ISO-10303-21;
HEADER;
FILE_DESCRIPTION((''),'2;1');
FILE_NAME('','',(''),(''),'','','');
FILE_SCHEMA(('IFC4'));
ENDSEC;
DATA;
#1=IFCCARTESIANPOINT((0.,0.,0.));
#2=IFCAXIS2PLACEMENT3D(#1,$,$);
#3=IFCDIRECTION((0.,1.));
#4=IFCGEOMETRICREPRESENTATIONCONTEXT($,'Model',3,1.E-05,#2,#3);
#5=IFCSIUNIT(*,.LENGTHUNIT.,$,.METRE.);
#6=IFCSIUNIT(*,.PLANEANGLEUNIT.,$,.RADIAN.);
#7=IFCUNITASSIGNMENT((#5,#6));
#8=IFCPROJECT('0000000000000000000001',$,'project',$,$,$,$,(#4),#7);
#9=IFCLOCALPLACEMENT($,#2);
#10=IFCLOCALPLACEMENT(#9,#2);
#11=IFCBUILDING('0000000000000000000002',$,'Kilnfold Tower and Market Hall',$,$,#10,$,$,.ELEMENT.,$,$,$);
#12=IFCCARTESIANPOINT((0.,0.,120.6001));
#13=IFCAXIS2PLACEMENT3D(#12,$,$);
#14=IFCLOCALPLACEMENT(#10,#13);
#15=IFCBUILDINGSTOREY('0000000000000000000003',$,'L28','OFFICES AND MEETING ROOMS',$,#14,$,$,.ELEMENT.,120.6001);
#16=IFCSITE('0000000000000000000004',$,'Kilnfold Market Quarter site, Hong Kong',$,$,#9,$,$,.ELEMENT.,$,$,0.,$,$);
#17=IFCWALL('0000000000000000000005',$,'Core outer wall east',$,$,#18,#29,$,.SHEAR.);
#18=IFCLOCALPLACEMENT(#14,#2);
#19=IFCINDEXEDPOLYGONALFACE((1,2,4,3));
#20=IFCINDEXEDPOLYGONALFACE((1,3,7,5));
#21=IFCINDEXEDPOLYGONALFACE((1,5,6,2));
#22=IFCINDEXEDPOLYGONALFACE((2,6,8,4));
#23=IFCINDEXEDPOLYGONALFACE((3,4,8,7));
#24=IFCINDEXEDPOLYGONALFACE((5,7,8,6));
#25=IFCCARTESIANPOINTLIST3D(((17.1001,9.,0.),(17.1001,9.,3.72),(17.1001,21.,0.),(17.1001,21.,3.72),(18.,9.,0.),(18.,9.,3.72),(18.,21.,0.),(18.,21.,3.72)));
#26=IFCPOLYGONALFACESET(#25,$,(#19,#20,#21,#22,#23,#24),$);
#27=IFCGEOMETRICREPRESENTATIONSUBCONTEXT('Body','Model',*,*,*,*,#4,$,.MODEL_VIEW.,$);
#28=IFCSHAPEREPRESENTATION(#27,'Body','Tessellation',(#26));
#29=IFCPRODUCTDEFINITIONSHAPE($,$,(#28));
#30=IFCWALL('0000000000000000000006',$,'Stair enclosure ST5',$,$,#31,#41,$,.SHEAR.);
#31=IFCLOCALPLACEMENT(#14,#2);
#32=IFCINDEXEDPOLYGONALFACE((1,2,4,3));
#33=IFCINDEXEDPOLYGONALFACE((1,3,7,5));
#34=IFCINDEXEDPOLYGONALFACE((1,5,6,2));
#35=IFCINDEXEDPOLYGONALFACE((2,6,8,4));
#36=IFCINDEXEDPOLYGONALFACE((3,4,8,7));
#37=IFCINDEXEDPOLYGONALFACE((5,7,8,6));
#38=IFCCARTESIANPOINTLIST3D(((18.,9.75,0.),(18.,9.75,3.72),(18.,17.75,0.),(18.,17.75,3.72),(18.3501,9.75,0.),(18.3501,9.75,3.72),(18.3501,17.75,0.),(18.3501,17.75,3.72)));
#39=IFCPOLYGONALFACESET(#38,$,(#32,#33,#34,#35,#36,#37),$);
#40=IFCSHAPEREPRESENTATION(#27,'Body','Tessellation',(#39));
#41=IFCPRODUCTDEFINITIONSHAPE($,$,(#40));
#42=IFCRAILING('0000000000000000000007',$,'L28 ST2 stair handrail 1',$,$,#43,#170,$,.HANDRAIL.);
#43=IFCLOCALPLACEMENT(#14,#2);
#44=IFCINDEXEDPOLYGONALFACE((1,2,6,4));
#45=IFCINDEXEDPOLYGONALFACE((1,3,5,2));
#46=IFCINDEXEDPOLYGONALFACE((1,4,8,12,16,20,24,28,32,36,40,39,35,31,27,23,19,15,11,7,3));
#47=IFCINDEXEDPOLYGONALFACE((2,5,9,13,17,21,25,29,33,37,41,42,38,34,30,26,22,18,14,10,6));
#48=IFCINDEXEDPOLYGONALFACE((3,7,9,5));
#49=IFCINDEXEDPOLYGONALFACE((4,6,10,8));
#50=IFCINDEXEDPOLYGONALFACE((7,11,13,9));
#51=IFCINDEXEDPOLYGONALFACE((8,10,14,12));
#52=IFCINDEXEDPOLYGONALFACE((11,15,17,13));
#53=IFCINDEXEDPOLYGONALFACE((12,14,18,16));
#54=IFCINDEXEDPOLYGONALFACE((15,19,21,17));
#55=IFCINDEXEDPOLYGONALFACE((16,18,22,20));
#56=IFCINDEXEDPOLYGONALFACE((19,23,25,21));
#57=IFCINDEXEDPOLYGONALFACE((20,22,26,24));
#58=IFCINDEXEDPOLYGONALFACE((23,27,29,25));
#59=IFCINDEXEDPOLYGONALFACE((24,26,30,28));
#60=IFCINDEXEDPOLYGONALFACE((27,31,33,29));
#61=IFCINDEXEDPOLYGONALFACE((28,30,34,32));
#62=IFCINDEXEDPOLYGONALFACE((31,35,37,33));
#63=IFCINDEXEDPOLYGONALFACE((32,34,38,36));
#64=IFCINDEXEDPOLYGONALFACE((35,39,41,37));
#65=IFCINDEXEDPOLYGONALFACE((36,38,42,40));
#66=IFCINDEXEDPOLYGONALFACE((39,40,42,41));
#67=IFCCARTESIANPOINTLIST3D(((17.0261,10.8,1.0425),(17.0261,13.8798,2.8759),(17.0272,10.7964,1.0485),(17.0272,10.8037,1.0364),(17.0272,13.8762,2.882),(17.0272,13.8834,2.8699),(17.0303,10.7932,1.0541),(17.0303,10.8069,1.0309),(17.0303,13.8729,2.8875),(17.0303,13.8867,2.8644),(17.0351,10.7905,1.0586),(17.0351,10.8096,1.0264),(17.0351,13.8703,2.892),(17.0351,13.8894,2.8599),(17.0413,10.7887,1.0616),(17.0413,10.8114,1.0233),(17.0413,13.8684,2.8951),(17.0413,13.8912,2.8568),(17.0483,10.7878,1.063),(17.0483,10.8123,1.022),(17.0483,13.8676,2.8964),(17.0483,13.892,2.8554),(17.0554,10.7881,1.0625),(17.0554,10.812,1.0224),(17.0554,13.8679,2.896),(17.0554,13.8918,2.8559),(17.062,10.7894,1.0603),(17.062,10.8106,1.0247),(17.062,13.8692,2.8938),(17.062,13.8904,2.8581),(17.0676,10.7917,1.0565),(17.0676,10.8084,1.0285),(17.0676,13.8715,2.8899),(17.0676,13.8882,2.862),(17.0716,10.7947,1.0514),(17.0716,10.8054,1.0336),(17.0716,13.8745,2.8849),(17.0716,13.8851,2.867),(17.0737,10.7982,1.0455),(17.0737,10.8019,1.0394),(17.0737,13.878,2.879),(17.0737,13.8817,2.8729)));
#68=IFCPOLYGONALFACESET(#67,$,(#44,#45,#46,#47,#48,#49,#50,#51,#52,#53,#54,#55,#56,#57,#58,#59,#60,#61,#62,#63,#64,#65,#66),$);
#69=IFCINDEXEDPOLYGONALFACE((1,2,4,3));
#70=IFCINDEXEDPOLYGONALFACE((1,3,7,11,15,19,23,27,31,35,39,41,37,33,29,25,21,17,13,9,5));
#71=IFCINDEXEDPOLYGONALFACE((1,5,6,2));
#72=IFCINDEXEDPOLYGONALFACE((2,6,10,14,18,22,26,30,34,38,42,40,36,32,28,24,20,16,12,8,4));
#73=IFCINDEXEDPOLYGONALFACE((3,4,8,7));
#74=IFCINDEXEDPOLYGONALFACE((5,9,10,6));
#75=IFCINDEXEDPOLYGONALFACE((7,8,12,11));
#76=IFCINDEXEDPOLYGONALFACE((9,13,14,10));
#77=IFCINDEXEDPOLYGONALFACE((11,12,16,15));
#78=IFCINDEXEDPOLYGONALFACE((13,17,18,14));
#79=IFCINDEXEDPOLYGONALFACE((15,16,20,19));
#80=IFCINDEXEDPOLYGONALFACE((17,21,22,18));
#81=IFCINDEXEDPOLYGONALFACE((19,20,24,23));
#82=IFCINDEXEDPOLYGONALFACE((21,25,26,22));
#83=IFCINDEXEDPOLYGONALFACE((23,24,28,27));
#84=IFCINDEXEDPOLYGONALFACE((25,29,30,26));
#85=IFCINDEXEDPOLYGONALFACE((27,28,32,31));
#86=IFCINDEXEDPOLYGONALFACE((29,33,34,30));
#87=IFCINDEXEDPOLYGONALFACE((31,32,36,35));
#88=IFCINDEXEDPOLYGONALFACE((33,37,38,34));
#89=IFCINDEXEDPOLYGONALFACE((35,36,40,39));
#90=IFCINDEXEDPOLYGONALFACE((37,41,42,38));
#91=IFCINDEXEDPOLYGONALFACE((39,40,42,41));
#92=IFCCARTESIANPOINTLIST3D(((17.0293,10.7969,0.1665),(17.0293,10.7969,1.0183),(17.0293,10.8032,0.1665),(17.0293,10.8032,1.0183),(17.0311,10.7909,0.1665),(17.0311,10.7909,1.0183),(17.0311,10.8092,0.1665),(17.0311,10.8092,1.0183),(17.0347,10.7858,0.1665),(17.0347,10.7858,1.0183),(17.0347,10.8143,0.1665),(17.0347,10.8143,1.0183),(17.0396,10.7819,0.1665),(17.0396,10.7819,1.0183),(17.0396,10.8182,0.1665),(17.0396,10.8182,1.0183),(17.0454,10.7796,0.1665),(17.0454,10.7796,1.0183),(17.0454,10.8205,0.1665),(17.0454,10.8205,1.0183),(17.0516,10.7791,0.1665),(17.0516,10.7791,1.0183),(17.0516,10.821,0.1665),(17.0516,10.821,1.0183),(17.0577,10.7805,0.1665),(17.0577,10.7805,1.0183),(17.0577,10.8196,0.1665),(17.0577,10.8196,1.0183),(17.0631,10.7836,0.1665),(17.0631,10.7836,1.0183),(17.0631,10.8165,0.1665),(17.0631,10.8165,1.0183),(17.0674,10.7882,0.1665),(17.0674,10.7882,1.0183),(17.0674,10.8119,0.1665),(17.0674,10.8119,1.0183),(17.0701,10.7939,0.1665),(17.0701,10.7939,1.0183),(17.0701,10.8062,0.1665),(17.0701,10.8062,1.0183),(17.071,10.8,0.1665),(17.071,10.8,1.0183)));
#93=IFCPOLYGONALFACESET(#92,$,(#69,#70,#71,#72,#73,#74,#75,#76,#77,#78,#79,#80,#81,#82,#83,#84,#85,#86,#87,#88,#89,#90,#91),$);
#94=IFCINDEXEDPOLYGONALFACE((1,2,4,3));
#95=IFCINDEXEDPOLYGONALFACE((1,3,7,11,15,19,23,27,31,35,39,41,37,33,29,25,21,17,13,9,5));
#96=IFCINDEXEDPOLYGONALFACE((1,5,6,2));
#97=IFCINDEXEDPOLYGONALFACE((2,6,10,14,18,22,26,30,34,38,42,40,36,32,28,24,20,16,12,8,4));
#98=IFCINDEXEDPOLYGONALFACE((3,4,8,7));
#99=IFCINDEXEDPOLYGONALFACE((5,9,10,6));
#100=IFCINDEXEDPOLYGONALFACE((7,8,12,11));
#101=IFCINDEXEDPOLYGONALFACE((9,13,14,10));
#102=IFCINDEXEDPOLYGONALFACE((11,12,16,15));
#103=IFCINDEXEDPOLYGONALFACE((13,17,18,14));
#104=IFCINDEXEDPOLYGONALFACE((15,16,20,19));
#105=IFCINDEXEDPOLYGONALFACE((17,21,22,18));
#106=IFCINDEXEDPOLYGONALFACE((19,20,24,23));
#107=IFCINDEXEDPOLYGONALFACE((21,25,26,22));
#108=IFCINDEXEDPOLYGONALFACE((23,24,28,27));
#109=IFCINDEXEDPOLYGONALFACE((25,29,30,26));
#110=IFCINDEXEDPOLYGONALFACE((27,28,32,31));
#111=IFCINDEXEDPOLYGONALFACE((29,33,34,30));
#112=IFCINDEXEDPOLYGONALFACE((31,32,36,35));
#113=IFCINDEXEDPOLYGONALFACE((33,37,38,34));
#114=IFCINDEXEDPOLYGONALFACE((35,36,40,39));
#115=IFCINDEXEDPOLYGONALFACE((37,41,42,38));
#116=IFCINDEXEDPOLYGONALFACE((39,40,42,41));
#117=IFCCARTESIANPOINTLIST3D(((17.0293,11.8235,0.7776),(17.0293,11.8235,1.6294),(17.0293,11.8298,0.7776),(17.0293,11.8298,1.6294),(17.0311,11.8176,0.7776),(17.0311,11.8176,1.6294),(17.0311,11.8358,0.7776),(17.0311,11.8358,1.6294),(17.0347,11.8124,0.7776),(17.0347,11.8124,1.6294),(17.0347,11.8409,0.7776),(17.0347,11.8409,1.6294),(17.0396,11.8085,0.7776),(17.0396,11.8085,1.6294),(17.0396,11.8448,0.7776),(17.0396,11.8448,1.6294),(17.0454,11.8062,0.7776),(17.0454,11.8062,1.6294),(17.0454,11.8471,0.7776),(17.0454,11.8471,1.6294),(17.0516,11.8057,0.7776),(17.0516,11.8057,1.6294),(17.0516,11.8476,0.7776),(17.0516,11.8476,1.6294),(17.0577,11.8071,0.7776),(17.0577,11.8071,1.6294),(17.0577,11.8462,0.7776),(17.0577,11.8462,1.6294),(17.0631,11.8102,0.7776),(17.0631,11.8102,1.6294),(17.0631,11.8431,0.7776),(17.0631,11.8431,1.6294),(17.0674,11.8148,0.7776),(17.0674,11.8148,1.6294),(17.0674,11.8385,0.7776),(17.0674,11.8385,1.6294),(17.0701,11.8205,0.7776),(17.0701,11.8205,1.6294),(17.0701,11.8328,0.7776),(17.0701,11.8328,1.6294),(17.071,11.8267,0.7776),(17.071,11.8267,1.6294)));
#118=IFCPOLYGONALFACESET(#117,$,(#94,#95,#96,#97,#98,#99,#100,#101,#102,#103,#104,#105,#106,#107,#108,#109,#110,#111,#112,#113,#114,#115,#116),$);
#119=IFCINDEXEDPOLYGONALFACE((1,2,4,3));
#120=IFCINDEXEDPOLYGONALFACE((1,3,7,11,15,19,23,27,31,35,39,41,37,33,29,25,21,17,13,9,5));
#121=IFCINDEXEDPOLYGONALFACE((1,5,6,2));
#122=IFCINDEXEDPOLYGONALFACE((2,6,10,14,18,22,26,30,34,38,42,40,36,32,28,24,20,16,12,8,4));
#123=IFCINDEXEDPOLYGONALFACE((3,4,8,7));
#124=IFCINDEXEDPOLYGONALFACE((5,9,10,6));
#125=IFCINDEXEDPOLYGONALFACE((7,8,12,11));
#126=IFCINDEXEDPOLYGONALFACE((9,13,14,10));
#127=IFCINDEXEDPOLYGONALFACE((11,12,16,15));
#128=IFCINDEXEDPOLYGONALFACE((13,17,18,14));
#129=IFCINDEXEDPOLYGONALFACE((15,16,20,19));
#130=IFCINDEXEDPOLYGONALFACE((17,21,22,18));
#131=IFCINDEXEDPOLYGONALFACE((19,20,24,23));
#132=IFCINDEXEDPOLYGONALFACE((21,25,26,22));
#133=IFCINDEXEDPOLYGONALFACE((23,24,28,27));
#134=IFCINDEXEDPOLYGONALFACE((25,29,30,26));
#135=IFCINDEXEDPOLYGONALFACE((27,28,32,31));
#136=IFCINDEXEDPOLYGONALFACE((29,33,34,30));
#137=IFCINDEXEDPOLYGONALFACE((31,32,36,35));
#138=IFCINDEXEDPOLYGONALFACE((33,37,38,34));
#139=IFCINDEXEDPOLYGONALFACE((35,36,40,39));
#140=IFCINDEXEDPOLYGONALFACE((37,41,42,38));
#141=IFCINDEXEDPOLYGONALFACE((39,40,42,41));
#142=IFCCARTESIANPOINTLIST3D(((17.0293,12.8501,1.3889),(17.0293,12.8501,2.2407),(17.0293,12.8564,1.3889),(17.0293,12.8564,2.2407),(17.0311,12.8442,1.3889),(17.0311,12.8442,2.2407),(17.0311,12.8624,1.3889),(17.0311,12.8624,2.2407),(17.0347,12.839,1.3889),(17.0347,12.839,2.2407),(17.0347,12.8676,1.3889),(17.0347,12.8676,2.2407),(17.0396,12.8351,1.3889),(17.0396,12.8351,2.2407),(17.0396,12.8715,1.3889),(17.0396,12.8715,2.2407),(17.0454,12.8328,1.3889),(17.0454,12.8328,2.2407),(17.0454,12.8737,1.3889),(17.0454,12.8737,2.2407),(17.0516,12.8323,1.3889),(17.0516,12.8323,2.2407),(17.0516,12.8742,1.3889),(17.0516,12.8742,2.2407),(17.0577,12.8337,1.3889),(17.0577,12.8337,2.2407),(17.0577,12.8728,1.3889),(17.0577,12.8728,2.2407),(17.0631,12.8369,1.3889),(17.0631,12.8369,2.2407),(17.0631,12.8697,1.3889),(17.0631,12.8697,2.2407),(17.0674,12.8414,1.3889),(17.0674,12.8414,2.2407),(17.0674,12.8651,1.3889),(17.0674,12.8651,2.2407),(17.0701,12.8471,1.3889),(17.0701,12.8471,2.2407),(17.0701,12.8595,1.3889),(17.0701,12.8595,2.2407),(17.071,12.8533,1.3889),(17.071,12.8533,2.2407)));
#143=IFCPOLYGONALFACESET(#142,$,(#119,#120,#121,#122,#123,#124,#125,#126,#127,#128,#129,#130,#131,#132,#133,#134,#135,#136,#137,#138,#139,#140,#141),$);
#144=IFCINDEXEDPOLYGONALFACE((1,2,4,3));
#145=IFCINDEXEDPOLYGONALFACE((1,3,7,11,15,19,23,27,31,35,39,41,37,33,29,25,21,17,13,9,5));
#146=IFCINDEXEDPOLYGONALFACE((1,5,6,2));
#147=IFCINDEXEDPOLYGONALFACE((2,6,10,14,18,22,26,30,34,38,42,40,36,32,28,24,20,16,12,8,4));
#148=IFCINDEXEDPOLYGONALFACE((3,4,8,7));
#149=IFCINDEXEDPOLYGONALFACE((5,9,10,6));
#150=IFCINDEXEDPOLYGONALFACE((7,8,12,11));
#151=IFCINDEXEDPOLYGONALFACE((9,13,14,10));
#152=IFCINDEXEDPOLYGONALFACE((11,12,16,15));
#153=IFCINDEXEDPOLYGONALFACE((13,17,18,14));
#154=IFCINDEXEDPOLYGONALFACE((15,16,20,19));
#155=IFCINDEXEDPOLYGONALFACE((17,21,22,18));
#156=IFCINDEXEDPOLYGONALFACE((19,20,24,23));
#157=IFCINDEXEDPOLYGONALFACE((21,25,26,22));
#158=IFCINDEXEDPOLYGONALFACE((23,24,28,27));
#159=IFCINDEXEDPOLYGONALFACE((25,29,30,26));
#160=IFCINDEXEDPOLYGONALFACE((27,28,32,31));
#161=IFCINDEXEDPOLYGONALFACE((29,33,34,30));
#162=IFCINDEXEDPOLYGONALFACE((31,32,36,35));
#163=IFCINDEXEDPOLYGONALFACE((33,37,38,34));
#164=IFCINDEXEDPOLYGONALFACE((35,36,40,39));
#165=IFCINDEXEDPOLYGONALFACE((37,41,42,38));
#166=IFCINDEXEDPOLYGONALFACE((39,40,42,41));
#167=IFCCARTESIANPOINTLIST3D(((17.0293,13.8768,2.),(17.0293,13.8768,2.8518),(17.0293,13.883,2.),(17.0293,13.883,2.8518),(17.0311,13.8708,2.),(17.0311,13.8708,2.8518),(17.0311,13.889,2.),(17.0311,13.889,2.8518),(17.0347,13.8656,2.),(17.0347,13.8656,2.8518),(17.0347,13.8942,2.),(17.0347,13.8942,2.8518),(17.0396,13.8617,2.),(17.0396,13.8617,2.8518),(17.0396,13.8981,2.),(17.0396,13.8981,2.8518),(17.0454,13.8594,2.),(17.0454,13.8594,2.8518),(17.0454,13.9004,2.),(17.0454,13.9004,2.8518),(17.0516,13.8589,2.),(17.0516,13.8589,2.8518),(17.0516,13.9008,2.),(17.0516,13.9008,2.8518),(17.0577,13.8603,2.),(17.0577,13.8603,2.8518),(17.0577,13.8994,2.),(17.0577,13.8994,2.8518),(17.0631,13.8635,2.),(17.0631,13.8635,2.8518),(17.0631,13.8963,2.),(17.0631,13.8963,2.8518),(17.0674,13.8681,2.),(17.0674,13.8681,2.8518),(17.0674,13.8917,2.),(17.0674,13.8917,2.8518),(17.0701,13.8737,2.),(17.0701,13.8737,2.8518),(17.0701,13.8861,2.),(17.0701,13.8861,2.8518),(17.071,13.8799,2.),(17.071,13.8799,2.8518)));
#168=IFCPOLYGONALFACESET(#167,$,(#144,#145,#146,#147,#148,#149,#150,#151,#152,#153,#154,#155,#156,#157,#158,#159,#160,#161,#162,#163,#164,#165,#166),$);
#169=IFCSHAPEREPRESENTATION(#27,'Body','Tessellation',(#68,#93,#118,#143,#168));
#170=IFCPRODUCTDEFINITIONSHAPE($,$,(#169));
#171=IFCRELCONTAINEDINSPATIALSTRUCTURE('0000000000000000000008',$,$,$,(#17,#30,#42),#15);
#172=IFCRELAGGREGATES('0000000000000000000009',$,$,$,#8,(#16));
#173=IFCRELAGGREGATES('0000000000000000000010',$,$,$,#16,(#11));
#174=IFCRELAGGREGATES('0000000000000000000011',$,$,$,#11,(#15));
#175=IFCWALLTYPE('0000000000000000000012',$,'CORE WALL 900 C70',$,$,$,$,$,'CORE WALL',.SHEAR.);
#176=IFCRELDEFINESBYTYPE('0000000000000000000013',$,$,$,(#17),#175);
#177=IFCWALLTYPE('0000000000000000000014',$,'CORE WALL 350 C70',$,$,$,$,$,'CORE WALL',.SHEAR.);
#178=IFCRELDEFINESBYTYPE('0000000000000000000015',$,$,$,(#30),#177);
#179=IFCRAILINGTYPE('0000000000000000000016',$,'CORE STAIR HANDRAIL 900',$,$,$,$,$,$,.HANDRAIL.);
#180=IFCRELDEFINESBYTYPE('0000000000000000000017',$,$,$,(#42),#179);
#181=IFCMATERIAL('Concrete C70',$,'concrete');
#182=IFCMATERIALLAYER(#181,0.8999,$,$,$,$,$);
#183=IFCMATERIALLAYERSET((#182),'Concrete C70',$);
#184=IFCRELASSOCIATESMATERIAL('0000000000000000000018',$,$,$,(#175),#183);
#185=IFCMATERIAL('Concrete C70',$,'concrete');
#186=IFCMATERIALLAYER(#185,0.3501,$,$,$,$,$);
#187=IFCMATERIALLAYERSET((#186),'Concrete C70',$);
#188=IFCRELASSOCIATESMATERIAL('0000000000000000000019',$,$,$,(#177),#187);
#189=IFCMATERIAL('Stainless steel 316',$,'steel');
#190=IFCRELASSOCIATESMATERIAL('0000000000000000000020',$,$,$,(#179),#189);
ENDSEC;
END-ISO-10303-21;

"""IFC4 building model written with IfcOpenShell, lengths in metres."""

from ifc_helpers import new_model, si_unit, direction, frame, frame_2d, origin, origin_2d, place, context, subcontext, project, spatial, rectangle, circle, extrude, source, transform, mapped, material, layer, layer_set, type_object, element, save


model = new_model("IFC4")

# Units and contexts
model_context = context("Model", 3, precision=1e-05, world=origin(), true_north=direction((0.0, 1.0)))
body_context = subcontext(model_context, "Body", "Model", "MODEL_VIEW")
ifc_project = project(units=[si_unit("LENGTHUNIT", "METRE"), si_unit("PLANEANGLEUNIT", "RADIAN")], contexts=[model_context])

# Site, building, storey
site_placement = place(None, origin())
site = spatial("IfcSite", under=ifc_project, at=site_placement, Name="Kilnfold Market Quarter site, Hong Kong", CompositionType="ELEMENT", RefElevation=0.0)
building_placement = place(site_placement, origin())
building = spatial("IfcBuilding", under=site, at=building_placement, Name="Kilnfold Tower and Market Hall", CompositionType="ELEMENT")
storey_placement = place(building_placement, frame((0.0, 0.0, 120.6001)))
storey = spatial("IfcBuildingStorey", under=building, at=storey_placement, Name="L28", Description="OFFICES AND MEETING ROOMS", CompositionType="ELEMENT", Elevation=120.6001)

# Walls
ifc_material_1 = material(Name="Concrete C70", Category="concrete")
ifc_layer_1 = layer(ifc_material_1, 0.8999)
ifc_layer_set_1 = layer_set([ifc_layer_1], Name="Concrete C70")
wall_type_1 = type_object("IfcWallType", Name="CORE WALL 900 C70", ElementType="CORE WALL", PredefinedType="SHEAR", material=ifc_layer_set_1)
shared_shape_1 = source(origin(), body_context, "Body", "SweptSolid", [
    extrude(rectangle(XDim=12.0, YDim=0.8999, at=frame_2d((6.0, 0.0))), origin(), (0.0, 0.0, 1.0), 3.72),
])
wall_1_placement = place(storey_placement, frame((17.55, 9.0, 0.0), z_axis=(0.0, 0.0, 1.0), x_axis=(0.0, 1.0, 0.0)))
element("IfcWall", 1, at=wall_1_placement, inside=storey, type_object=wall_type_1, Name="Core outer wall east", PredefinedType="SHEAR", context=body_context, shape_type="MappedRepresentation", body=[
    mapped(shared_shape_1, transform((0.0, 0.0, 0.0))),
])
ifc_material_2 = material(Name="Concrete C70", Category="concrete")
ifc_layer_2 = layer(ifc_material_2, 0.3501)
ifc_layer_set_2 = layer_set([ifc_layer_2], Name="Concrete C70")
wall_type_2 = type_object("IfcWallType", Name="CORE WALL 350 C70", ElementType="CORE WALL", PredefinedType="SHEAR", material=ifc_layer_set_2)
shared_shape_2 = source(origin(), body_context, "Body", "SweptSolid", [
    extrude(rectangle(XDim=8.0, YDim=0.3501, at=frame_2d((4.0, 0.0))), origin(), (0.0, 0.0, 1.0), 3.72),
])
wall_2_placement = place(storey_placement, frame((18.175, 9.75, 0.0), z_axis=(0.0, 0.0, 1.0), x_axis=(0.0, 1.0, 0.0)))
element("IfcWall", 2, at=wall_2_placement, inside=storey, type_object=wall_type_2, Name="Stair enclosure ST5", PredefinedType="SHEAR", context=body_context, shape_type="MappedRepresentation", body=[
    mapped(shared_shape_2, transform((0.0, 0.0, 0.0))),
])

# Railing
ifc_material_3 = material(Name="Stainless steel 316", Category="steel")
railing_type_1 = type_object("IfcRailingType", Name="CORE STAIR HANDRAIL 900", PredefinedType="HANDRAIL", material=ifc_material_3)
railing_1_placement = place(storey_placement, frame((17.05, 10.8, 0.1665)))
element("IfcRailing", 3, at=railing_1_placement, inside=storey, type_object=railing_type_1, Name="L28 ST2 stair handrail 1", PredefinedType="HANDRAIL", context=body_context, shape_type="SweptSolid", body=[
    extrude(circle(Radius=0.0239, at=origin_2d()), frame((0.0, 0.0, 0.876), z_axis=(0.0, 0.859261, 0.511538), x_axis=(-1.0, 0.0, 0.0)), (0.0, 0.0, 1.0), 3.5842),
    extrude(circle(Radius=0.021, at=origin_2d()), origin(), (0.0, 0.0, 1.0), 0.8518),
    extrude(circle(Radius=0.021, at=origin_2d()), frame((0.0, 1.0266, 0.6111)), (0.0, 0.0, 1.0), 0.8518),
    extrude(circle(Radius=0.021, at=origin_2d()), frame((0.0, 2.0532, 1.2224)), (0.0, 0.0, 1.0), 0.8518),
    extrude(circle(Radius=0.021, at=origin_2d()), frame((0.0, 3.0798, 1.8335)), (0.0, 0.0, 1.0), 0.8518),
])

save(model, "model.ifc")
